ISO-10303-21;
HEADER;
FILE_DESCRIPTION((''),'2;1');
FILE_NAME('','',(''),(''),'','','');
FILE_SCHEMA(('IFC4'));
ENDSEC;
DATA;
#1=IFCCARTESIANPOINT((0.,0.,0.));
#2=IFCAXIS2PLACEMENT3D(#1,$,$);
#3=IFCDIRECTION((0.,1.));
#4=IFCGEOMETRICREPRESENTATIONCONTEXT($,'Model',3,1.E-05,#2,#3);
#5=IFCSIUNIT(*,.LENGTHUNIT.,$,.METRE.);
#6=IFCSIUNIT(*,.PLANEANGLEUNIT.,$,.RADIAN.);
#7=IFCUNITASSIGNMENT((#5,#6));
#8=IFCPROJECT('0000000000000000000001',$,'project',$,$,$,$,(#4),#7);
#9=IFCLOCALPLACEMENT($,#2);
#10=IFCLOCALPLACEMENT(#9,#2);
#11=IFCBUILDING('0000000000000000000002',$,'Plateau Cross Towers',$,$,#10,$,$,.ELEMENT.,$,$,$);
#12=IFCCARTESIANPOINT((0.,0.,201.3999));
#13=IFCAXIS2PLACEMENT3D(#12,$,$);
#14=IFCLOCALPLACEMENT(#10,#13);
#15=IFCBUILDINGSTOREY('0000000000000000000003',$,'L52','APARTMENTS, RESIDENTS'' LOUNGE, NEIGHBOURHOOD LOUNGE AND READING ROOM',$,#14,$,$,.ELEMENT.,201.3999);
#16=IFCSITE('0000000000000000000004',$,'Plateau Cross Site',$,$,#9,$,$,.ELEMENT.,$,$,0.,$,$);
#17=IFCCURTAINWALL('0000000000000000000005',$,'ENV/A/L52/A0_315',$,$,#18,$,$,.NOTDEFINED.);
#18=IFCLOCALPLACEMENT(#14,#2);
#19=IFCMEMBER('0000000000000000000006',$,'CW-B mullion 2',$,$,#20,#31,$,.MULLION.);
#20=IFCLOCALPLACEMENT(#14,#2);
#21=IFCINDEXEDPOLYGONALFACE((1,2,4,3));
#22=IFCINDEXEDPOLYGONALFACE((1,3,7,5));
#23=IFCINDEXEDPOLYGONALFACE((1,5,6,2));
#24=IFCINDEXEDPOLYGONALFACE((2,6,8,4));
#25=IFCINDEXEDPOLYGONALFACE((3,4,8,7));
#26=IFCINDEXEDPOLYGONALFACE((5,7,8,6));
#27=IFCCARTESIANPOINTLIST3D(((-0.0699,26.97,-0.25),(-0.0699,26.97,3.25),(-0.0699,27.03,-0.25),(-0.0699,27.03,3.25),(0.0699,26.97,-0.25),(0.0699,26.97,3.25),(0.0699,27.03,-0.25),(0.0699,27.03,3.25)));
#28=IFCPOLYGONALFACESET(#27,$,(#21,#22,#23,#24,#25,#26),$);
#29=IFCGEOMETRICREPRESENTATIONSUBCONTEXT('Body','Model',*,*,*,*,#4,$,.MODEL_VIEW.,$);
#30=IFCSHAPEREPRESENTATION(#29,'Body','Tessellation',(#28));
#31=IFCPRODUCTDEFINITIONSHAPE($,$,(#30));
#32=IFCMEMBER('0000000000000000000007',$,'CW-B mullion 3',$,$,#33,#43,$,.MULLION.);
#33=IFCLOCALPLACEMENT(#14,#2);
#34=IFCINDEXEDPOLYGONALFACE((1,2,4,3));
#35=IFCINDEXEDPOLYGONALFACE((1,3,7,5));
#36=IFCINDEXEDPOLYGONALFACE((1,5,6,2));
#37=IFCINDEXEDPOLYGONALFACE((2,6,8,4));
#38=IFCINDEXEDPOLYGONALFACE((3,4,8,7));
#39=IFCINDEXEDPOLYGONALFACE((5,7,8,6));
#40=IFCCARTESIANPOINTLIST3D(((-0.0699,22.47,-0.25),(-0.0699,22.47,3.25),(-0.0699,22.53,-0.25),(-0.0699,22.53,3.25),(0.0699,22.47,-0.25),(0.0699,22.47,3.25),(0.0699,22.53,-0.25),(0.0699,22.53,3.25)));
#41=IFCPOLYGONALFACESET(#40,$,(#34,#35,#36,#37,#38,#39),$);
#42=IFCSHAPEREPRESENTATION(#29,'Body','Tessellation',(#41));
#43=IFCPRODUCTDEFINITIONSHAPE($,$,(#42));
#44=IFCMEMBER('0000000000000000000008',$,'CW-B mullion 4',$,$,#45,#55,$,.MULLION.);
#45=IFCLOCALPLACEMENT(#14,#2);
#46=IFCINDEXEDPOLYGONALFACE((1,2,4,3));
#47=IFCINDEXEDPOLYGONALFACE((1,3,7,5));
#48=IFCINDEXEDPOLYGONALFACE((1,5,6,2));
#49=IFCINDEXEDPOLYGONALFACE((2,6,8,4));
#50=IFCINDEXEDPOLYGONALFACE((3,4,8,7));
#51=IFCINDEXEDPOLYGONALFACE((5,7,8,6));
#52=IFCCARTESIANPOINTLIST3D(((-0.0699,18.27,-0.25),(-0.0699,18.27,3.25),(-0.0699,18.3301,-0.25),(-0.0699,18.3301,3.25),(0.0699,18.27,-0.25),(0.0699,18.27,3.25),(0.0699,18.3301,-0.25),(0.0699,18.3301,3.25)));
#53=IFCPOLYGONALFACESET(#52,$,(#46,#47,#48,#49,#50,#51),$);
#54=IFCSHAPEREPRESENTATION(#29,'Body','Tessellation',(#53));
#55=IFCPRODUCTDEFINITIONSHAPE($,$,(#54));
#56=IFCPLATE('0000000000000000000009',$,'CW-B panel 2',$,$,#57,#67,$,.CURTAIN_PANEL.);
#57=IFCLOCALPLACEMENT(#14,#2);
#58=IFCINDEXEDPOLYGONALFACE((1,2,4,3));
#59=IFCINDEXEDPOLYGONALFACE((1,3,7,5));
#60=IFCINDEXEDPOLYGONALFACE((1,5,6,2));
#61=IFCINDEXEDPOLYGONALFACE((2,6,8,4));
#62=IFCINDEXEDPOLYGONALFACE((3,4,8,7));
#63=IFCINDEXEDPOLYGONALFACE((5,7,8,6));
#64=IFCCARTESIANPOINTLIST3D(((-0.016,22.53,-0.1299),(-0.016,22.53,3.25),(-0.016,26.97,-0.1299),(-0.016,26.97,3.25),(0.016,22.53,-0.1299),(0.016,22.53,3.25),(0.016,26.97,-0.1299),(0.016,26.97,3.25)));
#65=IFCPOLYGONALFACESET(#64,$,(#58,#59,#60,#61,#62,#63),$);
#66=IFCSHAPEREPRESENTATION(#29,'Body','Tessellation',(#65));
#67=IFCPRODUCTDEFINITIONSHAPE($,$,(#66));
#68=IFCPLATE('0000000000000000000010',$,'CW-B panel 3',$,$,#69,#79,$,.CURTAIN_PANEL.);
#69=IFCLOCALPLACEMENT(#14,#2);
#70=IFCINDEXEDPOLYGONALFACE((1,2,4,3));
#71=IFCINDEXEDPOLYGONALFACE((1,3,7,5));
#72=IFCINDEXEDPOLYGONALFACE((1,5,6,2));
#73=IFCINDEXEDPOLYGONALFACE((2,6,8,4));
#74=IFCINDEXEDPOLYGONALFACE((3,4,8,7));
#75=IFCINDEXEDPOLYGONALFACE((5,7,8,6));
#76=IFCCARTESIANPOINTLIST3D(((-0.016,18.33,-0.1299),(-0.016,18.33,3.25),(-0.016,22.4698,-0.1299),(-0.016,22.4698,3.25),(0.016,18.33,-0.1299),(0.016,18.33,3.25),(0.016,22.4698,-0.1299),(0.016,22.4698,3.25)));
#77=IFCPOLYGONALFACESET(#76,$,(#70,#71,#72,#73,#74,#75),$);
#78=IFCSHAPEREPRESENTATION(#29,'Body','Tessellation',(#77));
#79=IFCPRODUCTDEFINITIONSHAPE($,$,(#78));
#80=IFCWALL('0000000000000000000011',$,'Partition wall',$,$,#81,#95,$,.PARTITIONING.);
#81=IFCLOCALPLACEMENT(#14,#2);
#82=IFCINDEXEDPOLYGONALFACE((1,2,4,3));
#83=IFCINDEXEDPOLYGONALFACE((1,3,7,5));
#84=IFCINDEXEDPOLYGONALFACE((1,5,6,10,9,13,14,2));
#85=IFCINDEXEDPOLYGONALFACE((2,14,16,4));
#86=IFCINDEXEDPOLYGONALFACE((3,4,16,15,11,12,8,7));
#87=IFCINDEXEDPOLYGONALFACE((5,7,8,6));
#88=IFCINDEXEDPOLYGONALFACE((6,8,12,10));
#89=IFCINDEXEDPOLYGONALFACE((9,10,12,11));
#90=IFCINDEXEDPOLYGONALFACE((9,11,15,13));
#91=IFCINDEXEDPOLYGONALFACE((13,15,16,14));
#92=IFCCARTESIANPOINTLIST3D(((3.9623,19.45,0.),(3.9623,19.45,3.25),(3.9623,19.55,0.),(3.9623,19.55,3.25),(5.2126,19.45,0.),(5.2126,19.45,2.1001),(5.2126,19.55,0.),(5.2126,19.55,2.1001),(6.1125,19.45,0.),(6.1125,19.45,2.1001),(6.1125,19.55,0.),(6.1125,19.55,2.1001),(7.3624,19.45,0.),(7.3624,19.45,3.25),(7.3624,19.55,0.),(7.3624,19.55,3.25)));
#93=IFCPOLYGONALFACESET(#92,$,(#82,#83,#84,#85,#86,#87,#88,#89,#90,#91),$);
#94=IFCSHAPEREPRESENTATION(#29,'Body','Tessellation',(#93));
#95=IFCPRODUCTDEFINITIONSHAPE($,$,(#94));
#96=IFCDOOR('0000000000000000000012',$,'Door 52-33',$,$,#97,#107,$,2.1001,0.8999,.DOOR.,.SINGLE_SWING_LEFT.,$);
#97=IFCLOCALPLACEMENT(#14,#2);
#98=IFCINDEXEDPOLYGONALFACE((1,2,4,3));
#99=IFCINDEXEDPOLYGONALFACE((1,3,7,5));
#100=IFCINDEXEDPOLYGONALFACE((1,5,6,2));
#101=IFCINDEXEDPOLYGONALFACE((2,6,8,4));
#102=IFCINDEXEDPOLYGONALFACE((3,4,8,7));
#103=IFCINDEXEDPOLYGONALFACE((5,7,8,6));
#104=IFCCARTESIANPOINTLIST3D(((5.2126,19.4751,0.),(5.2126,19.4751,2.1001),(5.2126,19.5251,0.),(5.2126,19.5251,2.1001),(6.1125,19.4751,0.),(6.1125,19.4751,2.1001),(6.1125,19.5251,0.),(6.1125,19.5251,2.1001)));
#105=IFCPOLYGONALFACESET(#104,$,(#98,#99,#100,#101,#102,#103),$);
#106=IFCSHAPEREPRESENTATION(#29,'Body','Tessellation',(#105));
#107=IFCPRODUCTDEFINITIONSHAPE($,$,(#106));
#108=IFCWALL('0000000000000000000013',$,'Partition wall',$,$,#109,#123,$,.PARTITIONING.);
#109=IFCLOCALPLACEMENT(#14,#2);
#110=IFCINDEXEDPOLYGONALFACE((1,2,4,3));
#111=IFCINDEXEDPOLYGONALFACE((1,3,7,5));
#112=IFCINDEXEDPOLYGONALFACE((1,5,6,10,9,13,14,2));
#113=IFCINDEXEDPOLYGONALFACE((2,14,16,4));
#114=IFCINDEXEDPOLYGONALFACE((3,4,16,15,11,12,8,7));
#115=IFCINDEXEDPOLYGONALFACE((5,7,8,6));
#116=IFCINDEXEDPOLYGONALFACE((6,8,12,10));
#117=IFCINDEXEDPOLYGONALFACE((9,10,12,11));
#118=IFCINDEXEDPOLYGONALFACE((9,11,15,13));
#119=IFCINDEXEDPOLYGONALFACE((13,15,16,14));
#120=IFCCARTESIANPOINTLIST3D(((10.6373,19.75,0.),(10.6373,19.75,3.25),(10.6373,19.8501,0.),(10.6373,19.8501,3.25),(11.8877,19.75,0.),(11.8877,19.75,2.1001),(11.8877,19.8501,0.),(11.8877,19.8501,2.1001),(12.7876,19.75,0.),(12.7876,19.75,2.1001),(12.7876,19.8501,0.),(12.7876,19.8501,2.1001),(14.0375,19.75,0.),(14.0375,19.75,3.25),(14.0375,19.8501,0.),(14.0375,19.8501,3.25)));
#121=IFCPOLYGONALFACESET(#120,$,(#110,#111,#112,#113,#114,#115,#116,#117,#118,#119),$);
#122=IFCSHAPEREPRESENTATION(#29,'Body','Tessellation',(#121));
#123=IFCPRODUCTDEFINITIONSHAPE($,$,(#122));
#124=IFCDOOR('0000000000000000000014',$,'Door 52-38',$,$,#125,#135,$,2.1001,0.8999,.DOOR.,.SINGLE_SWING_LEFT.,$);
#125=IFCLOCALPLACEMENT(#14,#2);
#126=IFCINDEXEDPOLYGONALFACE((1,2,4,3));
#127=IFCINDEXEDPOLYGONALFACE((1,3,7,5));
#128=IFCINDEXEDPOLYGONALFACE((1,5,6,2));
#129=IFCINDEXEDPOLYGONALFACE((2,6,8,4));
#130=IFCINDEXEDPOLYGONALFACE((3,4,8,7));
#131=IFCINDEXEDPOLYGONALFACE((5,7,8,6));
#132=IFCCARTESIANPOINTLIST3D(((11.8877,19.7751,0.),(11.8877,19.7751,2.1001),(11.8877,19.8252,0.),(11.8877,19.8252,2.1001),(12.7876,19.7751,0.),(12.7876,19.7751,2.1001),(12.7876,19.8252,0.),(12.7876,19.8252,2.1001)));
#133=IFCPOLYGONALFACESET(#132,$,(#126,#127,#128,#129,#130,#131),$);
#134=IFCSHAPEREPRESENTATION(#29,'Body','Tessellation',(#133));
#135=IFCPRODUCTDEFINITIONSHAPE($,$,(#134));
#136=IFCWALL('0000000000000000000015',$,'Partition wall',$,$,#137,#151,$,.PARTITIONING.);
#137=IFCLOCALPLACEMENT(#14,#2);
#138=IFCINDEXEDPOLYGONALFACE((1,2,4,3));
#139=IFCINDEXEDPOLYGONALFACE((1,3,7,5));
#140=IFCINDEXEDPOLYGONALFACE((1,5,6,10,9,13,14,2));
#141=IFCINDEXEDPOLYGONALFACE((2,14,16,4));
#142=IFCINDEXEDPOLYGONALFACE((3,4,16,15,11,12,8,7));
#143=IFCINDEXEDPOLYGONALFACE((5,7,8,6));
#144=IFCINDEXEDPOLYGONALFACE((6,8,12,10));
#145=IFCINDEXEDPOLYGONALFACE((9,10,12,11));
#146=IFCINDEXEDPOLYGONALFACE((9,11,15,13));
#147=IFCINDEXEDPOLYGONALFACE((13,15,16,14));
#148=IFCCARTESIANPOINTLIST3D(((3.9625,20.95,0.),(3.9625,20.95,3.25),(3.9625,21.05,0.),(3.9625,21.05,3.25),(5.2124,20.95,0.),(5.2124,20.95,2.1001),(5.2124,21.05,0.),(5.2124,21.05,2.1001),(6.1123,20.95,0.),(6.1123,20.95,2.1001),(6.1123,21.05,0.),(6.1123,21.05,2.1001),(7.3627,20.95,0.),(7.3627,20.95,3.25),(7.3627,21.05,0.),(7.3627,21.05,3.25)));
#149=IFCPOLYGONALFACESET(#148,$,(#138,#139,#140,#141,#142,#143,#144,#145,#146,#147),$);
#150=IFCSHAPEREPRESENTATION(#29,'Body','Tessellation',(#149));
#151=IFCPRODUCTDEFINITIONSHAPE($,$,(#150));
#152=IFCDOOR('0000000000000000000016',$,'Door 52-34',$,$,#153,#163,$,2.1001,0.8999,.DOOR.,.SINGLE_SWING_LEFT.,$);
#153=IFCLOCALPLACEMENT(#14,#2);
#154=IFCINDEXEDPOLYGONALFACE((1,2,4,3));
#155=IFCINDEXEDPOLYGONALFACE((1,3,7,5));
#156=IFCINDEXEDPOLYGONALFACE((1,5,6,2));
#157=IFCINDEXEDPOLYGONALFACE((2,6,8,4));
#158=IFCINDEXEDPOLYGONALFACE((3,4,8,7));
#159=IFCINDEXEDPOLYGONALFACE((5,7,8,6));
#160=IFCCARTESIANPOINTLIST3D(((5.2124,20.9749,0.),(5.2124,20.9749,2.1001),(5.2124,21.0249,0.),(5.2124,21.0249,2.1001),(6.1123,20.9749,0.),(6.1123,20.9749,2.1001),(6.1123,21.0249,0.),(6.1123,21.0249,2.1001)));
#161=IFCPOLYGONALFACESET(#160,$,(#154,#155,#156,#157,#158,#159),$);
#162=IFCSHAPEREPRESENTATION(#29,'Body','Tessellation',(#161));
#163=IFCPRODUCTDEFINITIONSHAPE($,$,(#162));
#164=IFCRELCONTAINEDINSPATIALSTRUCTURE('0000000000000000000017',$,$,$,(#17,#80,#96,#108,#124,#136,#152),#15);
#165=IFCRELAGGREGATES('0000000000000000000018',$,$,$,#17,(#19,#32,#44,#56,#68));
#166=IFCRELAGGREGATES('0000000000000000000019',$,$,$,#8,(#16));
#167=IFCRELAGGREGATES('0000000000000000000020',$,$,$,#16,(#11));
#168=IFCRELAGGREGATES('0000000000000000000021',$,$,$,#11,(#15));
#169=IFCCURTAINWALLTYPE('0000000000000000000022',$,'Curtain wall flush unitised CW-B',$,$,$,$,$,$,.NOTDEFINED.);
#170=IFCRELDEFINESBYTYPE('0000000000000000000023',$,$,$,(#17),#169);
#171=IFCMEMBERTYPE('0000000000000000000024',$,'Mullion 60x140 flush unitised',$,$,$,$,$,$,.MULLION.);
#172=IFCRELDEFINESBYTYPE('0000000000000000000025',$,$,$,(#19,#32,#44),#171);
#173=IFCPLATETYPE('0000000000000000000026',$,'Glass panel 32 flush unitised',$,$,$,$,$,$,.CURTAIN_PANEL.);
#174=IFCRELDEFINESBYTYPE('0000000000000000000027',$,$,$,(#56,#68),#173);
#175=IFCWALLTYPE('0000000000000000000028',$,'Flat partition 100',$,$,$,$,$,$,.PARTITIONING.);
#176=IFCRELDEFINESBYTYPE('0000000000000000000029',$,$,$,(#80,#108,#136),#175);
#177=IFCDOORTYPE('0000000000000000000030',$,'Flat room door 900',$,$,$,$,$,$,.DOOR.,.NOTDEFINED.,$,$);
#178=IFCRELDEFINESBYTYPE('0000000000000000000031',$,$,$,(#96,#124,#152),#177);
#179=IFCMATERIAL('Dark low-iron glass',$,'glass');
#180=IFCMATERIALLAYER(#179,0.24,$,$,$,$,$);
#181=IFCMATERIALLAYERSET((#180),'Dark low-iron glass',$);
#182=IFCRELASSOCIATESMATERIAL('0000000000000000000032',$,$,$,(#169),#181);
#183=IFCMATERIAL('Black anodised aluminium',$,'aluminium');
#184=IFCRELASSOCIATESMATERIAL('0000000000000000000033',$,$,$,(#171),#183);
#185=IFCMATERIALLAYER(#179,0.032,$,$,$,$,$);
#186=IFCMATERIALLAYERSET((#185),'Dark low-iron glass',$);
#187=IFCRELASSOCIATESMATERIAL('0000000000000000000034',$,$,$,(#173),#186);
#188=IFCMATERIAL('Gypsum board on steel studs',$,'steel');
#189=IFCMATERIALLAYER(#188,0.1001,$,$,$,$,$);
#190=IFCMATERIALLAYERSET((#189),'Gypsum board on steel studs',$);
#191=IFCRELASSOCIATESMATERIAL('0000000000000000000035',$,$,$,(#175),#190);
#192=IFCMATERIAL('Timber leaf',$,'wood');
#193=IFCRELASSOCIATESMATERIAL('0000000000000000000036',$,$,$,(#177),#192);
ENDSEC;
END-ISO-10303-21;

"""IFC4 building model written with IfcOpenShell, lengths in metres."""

from ifc_helpers import new_model, si_unit, direction, frame, frame_2d, origin, origin_2d, place, context, subcontext, project, spatial, rectangle, extrude, material, layer, layer_set, material_profile, profile_set, type_object, element, fill, aggregate, save


model = new_model("IFC4")

# Units and contexts
model_context = context("Model", 3, precision=1e-05, world=origin(), true_north=direction((0.0, 1.0)))
body_context = subcontext(model_context, "Body", "Model", "MODEL_VIEW")
ifc_project = project(units=[si_unit("LENGTHUNIT", "METRE"), si_unit("PLANEANGLEUNIT", "RADIAN")], contexts=[model_context])

# Site, building, storey
site_placement = place(None, origin())
site = spatial("IfcSite", under=ifc_project, at=site_placement, Name="Plateau Cross Site", CompositionType="ELEMENT", RefElevation=0.0)
building_placement = place(site_placement, origin())
building = spatial("IfcBuilding", under=site, at=building_placement, Name="Plateau Cross Towers", CompositionType="ELEMENT")
storey_placement = place(building_placement, frame((0.0, 0.0, 201.3999)))
storey = spatial("IfcBuildingStorey", under=building, at=storey_placement, Name="L52", Description="APARTMENTS, RESIDENTS' LOUNGE, NEIGHBOURHOOD LOUNGE AND READING ROOM", CompositionType="ELEMENT", Elevation=201.3999)

# Curtain wall, members, plates
ifc_material_1 = material(Name="Dark low-iron glass", Category="glass")
ifc_layer_1 = layer(ifc_material_1, 0.24)
ifc_layer_set_1 = layer_set([ifc_layer_1], Name="Dark low-iron glass")
curtain_wall_type = type_object("IfcCurtainWallType", Name="Curtain wall flush unitised CW-B", PredefinedType="NOTDEFINED", material=ifc_layer_set_1)
curtain_wall_placement = place(storey_placement, origin())
curtain_wall = element("IfcCurtainWall", 1, at=curtain_wall_placement, inside=storey, type_object=curtain_wall_type, Name="ENV/A/L52/A0_315", PredefinedType="NOTDEFINED")
ifc_material_2 = material(Name="Black anodised aluminium", Category="aluminium")
ifc_material_profile = material_profile(ifc_material_2, rectangle(XDim=0.0601, YDim=0.1399, at=origin_2d()), Name="MULLION 60x140")
ifc_profile_set = profile_set([ifc_material_profile], Name="Black anodised aluminium")
member_type = type_object("IfcMemberType", Name="Mullion 60x140 flush unitised", PredefinedType="MULLION", material=ifc_profile_set)
member_1_placement = place(storey_placement, frame((0.0, 27.0, -0.25), z_axis=(0.0, 0.0, 1.0), x_axis=(0.0, -1.0, 0.0)))
member_1 = element("IfcMember", 2, at=member_1_placement, type_object=member_type, Name="CW-B mullion 2", PredefinedType="MULLION", context=body_context, shape_type="SweptSolid", body=[
    extrude(rectangle(XDim=0.0601, YDim=0.1399, at=origin_2d()), origin(), (0.0, 0.0, 1.0), 3.5),
])
member_2_placement = place(storey_placement, frame((0.0, 22.5, -0.25), z_axis=(0.0, 0.0, 1.0), x_axis=(0.0, -1.0, 0.0)))
member_2 = element("IfcMember", 3, at=member_2_placement, type_object=member_type, Name="CW-B mullion 3", PredefinedType="MULLION", context=body_context, shape_type="SweptSolid", body=[
    extrude(rectangle(XDim=0.0601, YDim=0.1399, at=origin_2d()), origin(), (0.0, 0.0, 1.0), 3.5),
])
member_3_placement = place(storey_placement, frame((0.0, 18.3, -0.25), z_axis=(0.0, 0.0, 1.0), x_axis=(0.0, -1.0, 0.0)))
member_3 = element("IfcMember", 4, at=member_3_placement, type_object=member_type, Name="CW-B mullion 4", PredefinedType="MULLION", context=body_context, shape_type="SweptSolid", body=[
    extrude(rectangle(XDim=0.0601, YDim=0.1399, at=origin_2d()), origin(), (0.0, 0.0, 1.0), 3.5),
])
ifc_layer_2 = layer(ifc_material_1, 0.032)
ifc_layer_set_2 = layer_set([ifc_layer_2], Name="Dark low-iron glass")
plate_type = type_object("IfcPlateType", Name="Glass panel 32 flush unitised", PredefinedType="CURTAIN_PANEL", material=ifc_layer_set_2)
plate_1_placement = place(storey_placement, frame((0.0, 24.75, -0.1299), z_axis=(0.0, 0.0, 1.0), x_axis=(0.0, -1.0, 0.0)))
plate_1 = element("IfcPlate", 5, at=plate_1_placement, type_object=plate_type, Name="CW-B panel 2", PredefinedType="CURTAIN_PANEL", context=body_context, shape_type="SweptSolid", body=[
    extrude(rectangle(XDim=4.4399, YDim=0.032, at=origin_2d()), origin(), (0.0, 0.0, 1.0), 3.3799),
])
plate_2_placement = place(storey_placement, frame((0.0, 20.3999, -0.1299), z_axis=(0.0, 0.0, 1.0), x_axis=(0.0, -1.0, 0.0)))
plate_2 = element("IfcPlate", 6, at=plate_2_placement, type_object=plate_type, Name="CW-B panel 3", PredefinedType="CURTAIN_PANEL", context=body_context, shape_type="SweptSolid", body=[
    extrude(rectangle(XDim=4.1399, YDim=0.032, at=origin_2d()), origin(), (0.0, 0.0, 1.0), 3.3799),
])
aggregate(curtain_wall, [member_1, member_2, member_3, plate_1, plate_2])

# Walls, openings, doors
ifc_material_3 = material(Name="Gypsum board on steel studs", Category="steel")
ifc_layer_3 = layer(ifc_material_3, 0.1001)
ifc_layer_set_3 = layer_set([ifc_layer_3], Name="Gypsum board on steel studs")
wall_type_1 = type_object("IfcWallType", Name="Flat partition 100", PredefinedType="PARTITIONING", material=ifc_layer_set_3)
wall_1_placement = place(storey_placement, frame((7.3625, 19.5, 0.0), z_axis=(0.0, 0.0, 1.0), x_axis=(-1.0, 0.0, 0.0)))
wall_1 = element("IfcWall", 7, at=wall_1_placement, inside=storey, type_object=wall_type_1, Name="Partition wall", PredefinedType="PARTITIONING", context=body_context, shape_type="SweptSolid", body=[
    extrude(rectangle(XDim=3.4001, YDim=0.1001, at=frame_2d((1.7002, 0.0))), origin(), (0.0, 0.0, 1.0), 3.25),
])
opening_1_placement = place(wall_1_placement, frame((1.25, 0.0, 0.0)))
opening_1 = element("IfcOpeningElement", 8, at=opening_1_placement, cuts=wall_1, PredefinedType="OPENING", context=body_context, shape_type="SweptSolid", body=[
    extrude(rectangle(XDim=0.8999, YDim=2.1001, at=frame_2d((0.45, 1.05))), frame((0.0, 0.0601, 0.0), z_axis=(0.0, -1.0, 0.0), x_axis=(1.0, 0.0, 0.0)), (0.0, 0.0, 1.0), 0.1201),
])
ifc_material_4 = material(Name="Timber leaf", Category="wood")
door_type_1 = type_object("IfcDoorType", Name="Flat room door 900", OperationType="NOTDEFINED", PredefinedType="DOOR", material=ifc_material_4)
door_1_placement = place(opening_1_placement, origin())
door_1 = element("IfcDoor", 9, at=door_1_placement, inside=storey, type_object=door_type_1, Name="Door 52-33", OperationType="SINGLE_SWING_LEFT", OverallHeight=2.1001, OverallWidth=0.8999, PredefinedType="DOOR", context=body_context, shape_type="SweptSolid", body=[
    extrude(rectangle(XDim=0.8999, YDim=2.1001, at=frame_2d((0.45, 1.05))), frame((0.0, 0.0249, 0.0), z_axis=(0.0, -1.0, 0.0), x_axis=(1.0, 0.0, 0.0)), (0.0, 0.0, 1.0), 0.05),
])
fill(opening_1, door_1)
wall_2_placement = place(storey_placement, frame((14.0376, 19.8, 0.0), z_axis=(0.0, 0.0, 1.0), x_axis=(-1.0, 0.0, 0.0)))
wall_2 = element("IfcWall", 10, at=wall_2_placement, inside=storey, type_object=wall_type_1, Name="Partition wall", PredefinedType="PARTITIONING", context=body_context, shape_type="SweptSolid", body=[
    extrude(rectangle(XDim=3.4001, YDim=0.1001, at=frame_2d((1.7002, 0.0))), origin(), (0.0, 0.0, 1.0), 3.25),
])
opening_2_placement = place(wall_2_placement, frame((1.25, 0.0, 0.0)))
opening_2 = element("IfcOpeningElement", 11, at=opening_2_placement, cuts=wall_2, PredefinedType="OPENING", context=body_context, shape_type="SweptSolid", body=[
    extrude(rectangle(XDim=0.8999, YDim=2.1001, at=frame_2d((0.45, 1.05))), frame((0.0, 0.0601, 0.0), z_axis=(0.0, -1.0, 0.0), x_axis=(1.0, 0.0, 0.0)), (0.0, 0.0, 1.0), 0.1201),
])
door_2_placement = place(opening_2_placement, origin())
door_2 = element("IfcDoor", 12, at=door_2_placement, inside=storey, type_object=door_type_1, Name="Door 52-38", OperationType="SINGLE_SWING_LEFT", OverallHeight=2.1001, OverallWidth=0.8999, PredefinedType="DOOR", context=body_context, shape_type="SweptSolid", body=[
    extrude(rectangle(XDim=0.8999, YDim=2.1001, at=frame_2d((0.45, 1.05))), frame((0.0, 0.0249, 0.0), z_axis=(0.0, -1.0, 0.0), x_axis=(1.0, 0.0, 0.0)), (0.0, 0.0, 1.0), 0.05),
])
fill(opening_2, door_2)
wall_3_placement = place(storey_placement, frame((3.9624, 21.0, 0.0), z_axis=(0.0, 0.0, 1.0), x_axis=(1.0, 0.0, 0.0)))
wall_3 = element("IfcWall", 13, at=wall_3_placement, inside=storey, type_object=wall_type_1, Name="Partition wall", PredefinedType="PARTITIONING", context=body_context, shape_type="SweptSolid", body=[
    extrude(rectangle(XDim=3.4001, YDim=0.1001, at=frame_2d((1.7002, 0.0))), origin(), (0.0, 0.0, 1.0), 3.25),
])
opening_3_placement = place(wall_3_placement, frame((1.25, 0.0, 0.0)))
opening_3 = element("IfcOpeningElement", 14, at=opening_3_placement, cuts=wall_3, PredefinedType="OPENING", context=body_context, shape_type="SweptSolid", body=[
    extrude(rectangle(XDim=0.8999, YDim=2.1001, at=frame_2d((0.45, 1.05))), frame((0.0, 0.0601, 0.0), z_axis=(0.0, -1.0, 0.0), x_axis=(1.0, 0.0, 0.0)), (0.0, 0.0, 1.0), 0.1201),
])
door_3_placement = place(opening_3_placement, origin())
door_3 = element("IfcDoor", 15, at=door_3_placement, inside=storey, type_object=door_type_1, Name="Door 52-34", OperationType="SINGLE_SWING_LEFT", OverallHeight=2.1001, OverallWidth=0.8999, PredefinedType="DOOR", context=body_context, shape_type="SweptSolid", body=[
    extrude(rectangle(XDim=0.8999, YDim=2.1001, at=frame_2d((0.45, 1.05))), frame((0.0, 0.0249, 0.0), z_axis=(0.0, -1.0, 0.0), x_axis=(1.0, 0.0, 0.0)), (0.0, 0.0, 1.0), 0.05),
])
fill(opening_3, door_3)

save(model, "model.ifc")
